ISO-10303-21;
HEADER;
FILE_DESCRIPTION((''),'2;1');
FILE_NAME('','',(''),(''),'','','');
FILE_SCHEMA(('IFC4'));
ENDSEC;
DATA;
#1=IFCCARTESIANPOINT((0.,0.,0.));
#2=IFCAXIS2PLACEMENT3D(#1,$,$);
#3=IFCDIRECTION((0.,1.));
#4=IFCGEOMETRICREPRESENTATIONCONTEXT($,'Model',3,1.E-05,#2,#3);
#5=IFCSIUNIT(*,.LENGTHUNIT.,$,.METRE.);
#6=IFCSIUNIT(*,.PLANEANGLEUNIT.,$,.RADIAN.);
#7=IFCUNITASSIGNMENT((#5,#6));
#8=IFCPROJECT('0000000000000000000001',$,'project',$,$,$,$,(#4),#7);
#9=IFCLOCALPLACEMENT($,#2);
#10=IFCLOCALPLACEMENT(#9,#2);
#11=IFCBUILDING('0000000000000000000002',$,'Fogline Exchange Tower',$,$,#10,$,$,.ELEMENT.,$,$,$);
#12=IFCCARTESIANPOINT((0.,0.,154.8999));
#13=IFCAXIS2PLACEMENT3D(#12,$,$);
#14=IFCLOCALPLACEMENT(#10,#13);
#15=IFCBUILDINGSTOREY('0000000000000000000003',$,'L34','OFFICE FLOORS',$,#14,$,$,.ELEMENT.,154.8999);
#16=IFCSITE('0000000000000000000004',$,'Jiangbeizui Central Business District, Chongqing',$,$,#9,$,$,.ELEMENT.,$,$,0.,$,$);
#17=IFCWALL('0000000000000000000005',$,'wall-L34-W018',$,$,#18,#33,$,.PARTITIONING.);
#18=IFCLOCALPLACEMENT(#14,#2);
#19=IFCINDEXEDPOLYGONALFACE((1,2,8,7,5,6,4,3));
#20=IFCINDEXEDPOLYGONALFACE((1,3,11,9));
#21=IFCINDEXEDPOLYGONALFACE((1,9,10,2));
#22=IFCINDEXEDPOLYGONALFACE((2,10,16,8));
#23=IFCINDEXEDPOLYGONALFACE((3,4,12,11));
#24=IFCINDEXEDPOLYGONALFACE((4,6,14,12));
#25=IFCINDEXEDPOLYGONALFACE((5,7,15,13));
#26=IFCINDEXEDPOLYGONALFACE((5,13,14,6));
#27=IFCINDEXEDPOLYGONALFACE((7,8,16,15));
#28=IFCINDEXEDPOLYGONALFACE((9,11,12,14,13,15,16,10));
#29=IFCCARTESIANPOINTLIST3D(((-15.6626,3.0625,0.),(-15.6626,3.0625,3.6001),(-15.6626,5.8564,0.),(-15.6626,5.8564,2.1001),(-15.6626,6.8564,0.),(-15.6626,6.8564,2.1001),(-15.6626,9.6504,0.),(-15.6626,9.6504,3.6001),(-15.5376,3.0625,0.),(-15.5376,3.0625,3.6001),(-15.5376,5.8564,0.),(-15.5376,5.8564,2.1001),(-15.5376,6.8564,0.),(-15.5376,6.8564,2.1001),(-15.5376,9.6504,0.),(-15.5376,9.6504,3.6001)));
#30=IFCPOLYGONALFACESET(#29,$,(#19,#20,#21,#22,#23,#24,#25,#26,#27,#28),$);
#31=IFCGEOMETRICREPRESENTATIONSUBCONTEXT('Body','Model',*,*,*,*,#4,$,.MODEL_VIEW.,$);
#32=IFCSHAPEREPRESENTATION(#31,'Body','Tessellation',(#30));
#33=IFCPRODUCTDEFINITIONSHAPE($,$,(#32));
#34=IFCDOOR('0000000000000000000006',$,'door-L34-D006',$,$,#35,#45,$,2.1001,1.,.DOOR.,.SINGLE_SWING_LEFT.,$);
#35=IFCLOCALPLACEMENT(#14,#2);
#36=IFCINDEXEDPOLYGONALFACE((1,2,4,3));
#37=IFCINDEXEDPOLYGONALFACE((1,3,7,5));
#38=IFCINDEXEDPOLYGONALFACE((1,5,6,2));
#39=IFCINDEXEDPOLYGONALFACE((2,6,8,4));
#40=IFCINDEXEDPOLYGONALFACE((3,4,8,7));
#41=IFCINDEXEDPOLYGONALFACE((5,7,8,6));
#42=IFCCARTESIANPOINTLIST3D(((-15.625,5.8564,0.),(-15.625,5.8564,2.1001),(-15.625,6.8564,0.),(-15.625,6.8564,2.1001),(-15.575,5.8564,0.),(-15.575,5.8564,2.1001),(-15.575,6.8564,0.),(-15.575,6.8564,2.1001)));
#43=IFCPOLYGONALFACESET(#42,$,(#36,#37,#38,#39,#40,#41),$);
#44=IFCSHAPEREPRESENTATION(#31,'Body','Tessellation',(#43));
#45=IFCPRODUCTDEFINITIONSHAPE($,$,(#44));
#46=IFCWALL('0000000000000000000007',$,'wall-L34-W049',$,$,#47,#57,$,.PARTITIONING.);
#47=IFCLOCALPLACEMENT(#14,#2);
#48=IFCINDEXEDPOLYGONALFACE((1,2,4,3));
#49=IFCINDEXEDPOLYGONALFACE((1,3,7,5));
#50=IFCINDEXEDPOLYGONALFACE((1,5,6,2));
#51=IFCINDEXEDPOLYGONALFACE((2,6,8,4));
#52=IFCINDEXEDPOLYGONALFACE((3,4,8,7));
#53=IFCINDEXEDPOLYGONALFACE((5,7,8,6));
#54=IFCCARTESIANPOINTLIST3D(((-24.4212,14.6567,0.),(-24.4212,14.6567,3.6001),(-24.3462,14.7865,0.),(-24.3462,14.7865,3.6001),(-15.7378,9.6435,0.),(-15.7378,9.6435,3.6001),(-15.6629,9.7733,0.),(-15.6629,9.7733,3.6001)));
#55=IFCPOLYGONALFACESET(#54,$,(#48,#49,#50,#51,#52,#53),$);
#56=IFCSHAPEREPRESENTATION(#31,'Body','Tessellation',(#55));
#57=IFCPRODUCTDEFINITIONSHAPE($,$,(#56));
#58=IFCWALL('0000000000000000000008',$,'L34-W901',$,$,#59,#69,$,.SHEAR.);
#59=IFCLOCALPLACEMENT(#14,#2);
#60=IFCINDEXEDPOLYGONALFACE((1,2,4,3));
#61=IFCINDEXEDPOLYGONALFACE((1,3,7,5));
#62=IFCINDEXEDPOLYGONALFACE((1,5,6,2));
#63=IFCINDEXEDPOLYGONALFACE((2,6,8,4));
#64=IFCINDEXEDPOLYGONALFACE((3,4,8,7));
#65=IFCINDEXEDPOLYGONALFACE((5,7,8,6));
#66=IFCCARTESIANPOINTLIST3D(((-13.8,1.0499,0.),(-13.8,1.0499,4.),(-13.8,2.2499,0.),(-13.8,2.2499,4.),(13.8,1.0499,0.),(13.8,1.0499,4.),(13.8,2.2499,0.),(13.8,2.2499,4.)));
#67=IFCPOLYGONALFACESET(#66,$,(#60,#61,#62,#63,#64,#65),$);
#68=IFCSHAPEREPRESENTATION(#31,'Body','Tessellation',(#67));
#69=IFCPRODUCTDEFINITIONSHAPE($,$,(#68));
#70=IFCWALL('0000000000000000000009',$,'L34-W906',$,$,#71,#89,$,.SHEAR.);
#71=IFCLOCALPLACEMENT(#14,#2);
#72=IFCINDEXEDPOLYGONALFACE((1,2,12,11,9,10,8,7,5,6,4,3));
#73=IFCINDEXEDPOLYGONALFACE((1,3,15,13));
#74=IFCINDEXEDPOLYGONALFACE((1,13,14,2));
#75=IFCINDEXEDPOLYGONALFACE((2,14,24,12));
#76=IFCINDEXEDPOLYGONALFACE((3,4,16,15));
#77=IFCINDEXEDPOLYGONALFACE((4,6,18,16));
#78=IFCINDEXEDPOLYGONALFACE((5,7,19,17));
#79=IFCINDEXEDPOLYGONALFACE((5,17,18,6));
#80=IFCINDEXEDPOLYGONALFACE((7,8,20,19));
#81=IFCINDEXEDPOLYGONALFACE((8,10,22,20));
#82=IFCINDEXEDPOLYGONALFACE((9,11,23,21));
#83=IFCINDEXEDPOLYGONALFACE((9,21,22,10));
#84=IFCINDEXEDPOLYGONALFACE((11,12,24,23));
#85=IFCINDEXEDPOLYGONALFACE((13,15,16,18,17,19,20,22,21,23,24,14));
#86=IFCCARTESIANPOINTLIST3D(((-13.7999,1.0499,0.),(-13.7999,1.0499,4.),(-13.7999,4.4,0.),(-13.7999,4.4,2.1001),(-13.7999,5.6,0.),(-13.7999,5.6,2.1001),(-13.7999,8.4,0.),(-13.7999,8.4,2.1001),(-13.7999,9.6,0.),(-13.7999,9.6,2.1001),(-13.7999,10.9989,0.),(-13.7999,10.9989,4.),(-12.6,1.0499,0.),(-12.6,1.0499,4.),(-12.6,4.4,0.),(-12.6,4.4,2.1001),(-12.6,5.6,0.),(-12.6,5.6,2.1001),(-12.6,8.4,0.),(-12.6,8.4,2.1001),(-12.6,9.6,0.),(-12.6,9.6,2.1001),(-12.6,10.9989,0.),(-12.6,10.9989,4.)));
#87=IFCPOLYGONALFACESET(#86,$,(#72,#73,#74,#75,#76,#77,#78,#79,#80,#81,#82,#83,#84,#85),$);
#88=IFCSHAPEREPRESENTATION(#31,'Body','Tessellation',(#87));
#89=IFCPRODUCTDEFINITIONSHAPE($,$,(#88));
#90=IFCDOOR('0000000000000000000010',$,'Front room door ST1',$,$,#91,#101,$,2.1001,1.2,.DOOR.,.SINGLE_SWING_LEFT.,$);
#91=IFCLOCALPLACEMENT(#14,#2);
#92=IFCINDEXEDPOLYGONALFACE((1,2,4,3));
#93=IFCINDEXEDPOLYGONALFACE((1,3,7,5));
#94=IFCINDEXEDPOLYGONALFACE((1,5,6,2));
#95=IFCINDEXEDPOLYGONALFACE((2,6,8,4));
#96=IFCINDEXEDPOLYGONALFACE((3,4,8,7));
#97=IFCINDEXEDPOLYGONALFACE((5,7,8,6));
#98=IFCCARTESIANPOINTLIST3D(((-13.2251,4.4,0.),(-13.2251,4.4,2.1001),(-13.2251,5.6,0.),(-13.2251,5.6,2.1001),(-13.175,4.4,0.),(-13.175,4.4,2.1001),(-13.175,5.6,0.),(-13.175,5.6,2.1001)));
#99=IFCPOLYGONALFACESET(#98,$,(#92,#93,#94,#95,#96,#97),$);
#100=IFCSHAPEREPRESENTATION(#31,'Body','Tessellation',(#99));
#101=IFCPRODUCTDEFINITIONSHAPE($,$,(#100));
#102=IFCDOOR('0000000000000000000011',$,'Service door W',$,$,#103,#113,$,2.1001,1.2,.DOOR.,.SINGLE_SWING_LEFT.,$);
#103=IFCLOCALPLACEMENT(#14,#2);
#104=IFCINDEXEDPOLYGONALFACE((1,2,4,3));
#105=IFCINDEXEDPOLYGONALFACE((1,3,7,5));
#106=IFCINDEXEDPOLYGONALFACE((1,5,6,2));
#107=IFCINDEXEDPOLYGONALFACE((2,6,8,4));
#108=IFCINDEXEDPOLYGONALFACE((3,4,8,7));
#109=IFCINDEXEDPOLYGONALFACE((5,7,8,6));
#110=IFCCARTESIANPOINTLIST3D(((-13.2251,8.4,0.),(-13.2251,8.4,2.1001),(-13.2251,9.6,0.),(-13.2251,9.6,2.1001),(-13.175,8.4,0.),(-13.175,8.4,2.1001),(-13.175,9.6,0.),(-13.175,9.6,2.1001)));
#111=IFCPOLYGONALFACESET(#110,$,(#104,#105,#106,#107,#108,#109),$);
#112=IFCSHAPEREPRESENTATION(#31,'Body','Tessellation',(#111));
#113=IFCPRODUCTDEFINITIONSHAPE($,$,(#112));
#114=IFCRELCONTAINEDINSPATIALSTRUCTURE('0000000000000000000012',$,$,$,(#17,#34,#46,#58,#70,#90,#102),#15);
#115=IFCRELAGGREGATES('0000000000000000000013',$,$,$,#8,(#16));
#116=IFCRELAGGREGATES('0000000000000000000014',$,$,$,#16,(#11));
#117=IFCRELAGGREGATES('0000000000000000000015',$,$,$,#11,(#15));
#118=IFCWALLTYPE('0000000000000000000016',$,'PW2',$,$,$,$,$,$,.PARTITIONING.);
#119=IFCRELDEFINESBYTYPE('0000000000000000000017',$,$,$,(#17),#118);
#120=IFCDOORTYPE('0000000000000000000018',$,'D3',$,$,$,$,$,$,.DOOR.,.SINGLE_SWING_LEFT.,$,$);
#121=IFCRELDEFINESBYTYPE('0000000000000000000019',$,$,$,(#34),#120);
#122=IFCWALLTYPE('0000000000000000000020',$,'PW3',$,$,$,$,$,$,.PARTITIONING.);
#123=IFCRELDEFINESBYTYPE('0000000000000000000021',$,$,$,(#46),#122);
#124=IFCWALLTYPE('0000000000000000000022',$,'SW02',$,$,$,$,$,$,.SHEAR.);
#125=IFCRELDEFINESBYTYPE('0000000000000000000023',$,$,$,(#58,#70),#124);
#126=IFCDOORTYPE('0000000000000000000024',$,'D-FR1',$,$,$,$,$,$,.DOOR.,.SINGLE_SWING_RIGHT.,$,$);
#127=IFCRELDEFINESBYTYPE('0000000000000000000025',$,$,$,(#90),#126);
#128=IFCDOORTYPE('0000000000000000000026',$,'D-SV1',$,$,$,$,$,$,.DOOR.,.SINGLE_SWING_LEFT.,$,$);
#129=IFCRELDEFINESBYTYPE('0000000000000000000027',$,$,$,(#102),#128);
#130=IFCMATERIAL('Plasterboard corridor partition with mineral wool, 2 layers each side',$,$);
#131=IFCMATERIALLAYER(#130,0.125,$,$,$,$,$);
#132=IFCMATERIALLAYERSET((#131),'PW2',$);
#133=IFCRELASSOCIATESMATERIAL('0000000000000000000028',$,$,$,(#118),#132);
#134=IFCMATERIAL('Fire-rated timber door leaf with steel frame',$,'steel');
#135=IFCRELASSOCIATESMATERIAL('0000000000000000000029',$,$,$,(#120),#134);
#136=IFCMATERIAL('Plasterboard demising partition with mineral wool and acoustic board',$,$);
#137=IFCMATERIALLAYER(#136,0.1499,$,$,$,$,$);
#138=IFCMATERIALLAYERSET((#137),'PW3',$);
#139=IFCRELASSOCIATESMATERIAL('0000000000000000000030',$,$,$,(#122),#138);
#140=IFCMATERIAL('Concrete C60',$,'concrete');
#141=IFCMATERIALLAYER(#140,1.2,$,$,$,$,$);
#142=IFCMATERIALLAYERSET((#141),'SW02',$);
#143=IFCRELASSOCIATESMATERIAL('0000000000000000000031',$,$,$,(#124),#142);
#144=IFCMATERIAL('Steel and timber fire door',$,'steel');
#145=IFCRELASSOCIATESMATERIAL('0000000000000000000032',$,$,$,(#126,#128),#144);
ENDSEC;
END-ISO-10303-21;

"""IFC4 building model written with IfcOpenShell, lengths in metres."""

from ifc_helpers import new_model, si_unit, direction, frame, frame_2d, origin, place, context, subcontext, project, spatial, rectangle, extrude, material, layer, layer_set, type_object, element, fill, save


model = new_model("IFC4")

# Units and contexts
model_context = context("Model", 3, precision=1e-05, world=origin(), true_north=direction((0.0, 1.0)))
body_context = subcontext(model_context, "Body", "Model", "MODEL_VIEW")
ifc_project = project(units=[si_unit("LENGTHUNIT", "METRE"), si_unit("PLANEANGLEUNIT", "RADIAN")], contexts=[model_context])

# Site, building, storey
site_placement = place(None, origin())
site = spatial("IfcSite", under=ifc_project, at=site_placement, Name="Jiangbeizui Central Business District, Chongqing", CompositionType="ELEMENT", RefElevation=0.0)
building_placement = place(site_placement, origin())
building = spatial("IfcBuilding", under=site, at=building_placement, Name="Fogline Exchange Tower", CompositionType="ELEMENT")
storey_placement = place(building_placement, frame((0.0, 0.0, 154.8999)))
storey = spatial("IfcBuildingStorey", under=building, at=storey_placement, Name="L34", Description="OFFICE FLOORS", CompositionType="ELEMENT", Elevation=154.8999)

# Shared definitions
ifc_material_1 = material(Name="Steel and timber fire door", Category="steel")

# Shared definitions
ifc_material_2 = material(Name="Plasterboard corridor partition with mineral wool, 2 layers each side")
ifc_layer_1 = layer(ifc_material_2, 0.125)
ifc_layer_set_1 = layer_set([ifc_layer_1], Name="PW2")
wall_type_1 = type_object("IfcWallType", Name="PW2", PredefinedType="PARTITIONING", material=ifc_layer_set_1)

# Shared definitions
ifc_material_3 = material(Name="Fire-rated timber door leaf with steel frame", Category="steel")
door_type_1 = type_object("IfcDoorType", Name="D3", OperationType="SINGLE_SWING_LEFT", PredefinedType="DOOR", material=ifc_material_3)

# Wall, opening, door
wall_1_placement = place(storey_placement, frame((-15.6001, 3.0625, 0.0), z_axis=(0.0, 0.0, 1.0), x_axis=(0.0, 1.0, 0.0)))
wall_1 = element("IfcWall", 1, at=wall_1_placement, inside=storey, type_object=wall_type_1, Name="wall-L34-W018", PredefinedType="PARTITIONING", context=body_context, shape_type="SweptSolid", body=[
    extrude(rectangle(XDim=6.5879, YDim=0.125, at=frame_2d((3.2939, 0.0))), origin(), (0.0, 0.0, 1.0), 3.6001),
])
opening_1_placement = place(wall_1_placement, frame((2.7939, 0.0, 0.0)))
opening_1 = element("IfcOpeningElement", 2, at=opening_1_placement, cuts=wall_1, PredefinedType="OPENING", context=body_context, shape_type="SweptSolid", body=[
    extrude(rectangle(XDim=1.0, YDim=2.1001, at=frame_2d((0.5, 1.05))), frame((0.0, 0.0725, 0.0), z_axis=(0.0, -1.0, 0.0), x_axis=(1.0, 0.0, 0.0)), (0.0, 0.0, 1.0), 0.145),
])
door_1_placement = place(opening_1_placement, origin())
door_1 = element("IfcDoor", 3, at=door_1_placement, inside=storey, type_object=door_type_1, Name="door-L34-D006", OperationType="SINGLE_SWING_LEFT", OverallHeight=2.1001, OverallWidth=1.0, PredefinedType="DOOR", context=body_context, shape_type="SweptSolid", body=[
    extrude(rectangle(XDim=1.0, YDim=2.1001, at=frame_2d((0.5, 1.05))), frame((0.0, 0.0249, 0.0), z_axis=(0.0, -1.0, 0.0), x_axis=(1.0, 0.0, 0.0)), (0.0, 0.0, 1.0), 0.05),
])
fill(opening_1, door_1)

# Walls
ifc_material_4 = material(Name="Plasterboard demising partition with mineral wool and acoustic board")
ifc_layer_2 = layer(ifc_material_4, 0.1499)
ifc_layer_set_2 = layer_set([ifc_layer_2], Name="PW3")
wall_type_2 = type_object("IfcWallType", Name="PW3", PredefinedType="PARTITIONING", material=ifc_layer_set_2)
wall_2_placement = place(storey_placement, frame((-15.7004, 9.7085, 0.0), z_axis=(0.0, 0.0, 1.0), x_axis=(-0.866032, 0.499989, 0.0)))
element("IfcWall", 4, at=wall_2_placement, inside=storey, type_object=wall_type_2, Name="wall-L34-W049", PredefinedType="PARTITIONING", context=body_context, shape_type="SweptSolid", body=[
    extrude(rectangle(XDim=10.0266, YDim=0.1499, at=frame_2d((5.0132, 0.0))), origin(), (0.0, 0.0, 1.0), 3.6001),
])
ifc_material_5 = material(Name="Concrete C60", Category="concrete")
ifc_layer_3 = layer(ifc_material_5, 1.2)
ifc_layer_set_3 = layer_set([ifc_layer_3], Name="SW02")
wall_type_3 = type_object("IfcWallType", Name="SW02", PredefinedType="SHEAR", material=ifc_layer_set_3)
wall_3_placement = place(storey_placement, frame((-13.8, 1.6499, 0.0), z_axis=(0.0, 0.0, 1.0), x_axis=(1.0, 0.0, 0.0)))
element("IfcWall", 5, at=wall_3_placement, inside=storey, type_object=wall_type_3, Name="L34-W901", PredefinedType="SHEAR", context=body_context, shape_type="SweptSolid", body=[
    extrude(rectangle(XDim=27.6001, YDim=1.2, at=frame_2d((13.8, 0.0))), origin(), (0.0, 0.0, 1.0), 4.0),
])

# Wall, openings, doors
wall_4_placement = place(storey_placement, frame((-13.2, 10.999, 0.0), z_axis=(0.0, 0.0, 1.0), x_axis=(0.0, -1.0, 0.0)))
wall_4 = element("IfcWall", 6, at=wall_4_placement, inside=storey, type_object=wall_type_3, Name="L34-W906", PredefinedType="SHEAR", context=body_context, shape_type="SweptSolid", body=[
    extrude(rectangle(XDim=9.949, YDim=1.2, at=frame_2d((4.9746, 0.0))), origin(), (0.0, 0.0, 1.0), 4.0),
])
opening_2_placement = place(wall_4_placement, frame((5.3989, 0.0, 0.0)))
opening_2 = element("IfcOpeningElement", 7, at=opening_2_placement, cuts=wall_4, PredefinedType="OPENING", context=body_context, shape_type="SweptSolid", body=[
    extrude(rectangle(XDim=1.2, YDim=2.1001, at=frame_2d((0.6001, 1.05))), frame((0.0, 0.6099, 0.0), z_axis=(0.0, -1.0, 0.0), x_axis=(1.0, 0.0, 0.0)), (0.0, 0.0, 1.0), 1.22),
])
opening_3_placement = place(wall_4_placement, frame((1.3989, 0.0, 0.0)))
opening_3 = element("IfcOpeningElement", 8, at=opening_3_placement, cuts=wall_4, PredefinedType="OPENING", context=body_context, shape_type="SweptSolid", body=[
    extrude(rectangle(XDim=1.2, YDim=2.1001, at=frame_2d((0.6001, 1.05))), frame((0.0, 0.6099, 0.0), z_axis=(0.0, -1.0, 0.0), x_axis=(1.0, 0.0, 0.0)), (0.0, 0.0, 1.0), 1.22),
])
door_type_2 = type_object("IfcDoorType", Name="D-FR1", OperationType="SINGLE_SWING_RIGHT", PredefinedType="DOOR", material=ifc_material_1)
door_2_placement = place(opening_2_placement, origin())
door_2 = element("IfcDoor", 9, at=door_2_placement, inside=storey, type_object=door_type_2, Name="Front room door ST1", OperationType="SINGLE_SWING_LEFT", OverallHeight=2.1001, OverallWidth=1.2, PredefinedType="DOOR", context=body_context, shape_type="SweptSolid", body=[
    extrude(rectangle(XDim=1.2, YDim=2.1001, at=frame_2d((0.6001, 1.05))), frame((0.0, 0.0249, 0.0), z_axis=(0.0, -1.0, 0.0), x_axis=(1.0, 0.0, 0.0)), (0.0, 0.0, 1.0), 0.05),
])
fill(opening_2, door_2)
door_type_3 = type_object("IfcDoorType", Name="D-SV1", OperationType="SINGLE_SWING_LEFT", PredefinedType="DOOR", material=ifc_material_1)
door_3_placement = place(opening_3_placement, origin())
door_3 = element("IfcDoor", 10, at=door_3_placement, inside=storey, type_object=door_type_3, Name="Service door W", OperationType="SINGLE_SWING_LEFT", OverallHeight=2.1001, OverallWidth=1.2, PredefinedType="DOOR", context=body_context, shape_type="SweptSolid", body=[
    extrude(rectangle(XDim=1.2, YDim=2.1001, at=frame_2d((0.6001, 1.05))), frame((0.0, 0.0249, 0.0), z_axis=(0.0, -1.0, 0.0), x_axis=(1.0, 0.0, 0.0)), (0.0, 0.0, 1.0), 0.05),
])
fill(opening_3, door_3)

save(model, "model.ifc")
